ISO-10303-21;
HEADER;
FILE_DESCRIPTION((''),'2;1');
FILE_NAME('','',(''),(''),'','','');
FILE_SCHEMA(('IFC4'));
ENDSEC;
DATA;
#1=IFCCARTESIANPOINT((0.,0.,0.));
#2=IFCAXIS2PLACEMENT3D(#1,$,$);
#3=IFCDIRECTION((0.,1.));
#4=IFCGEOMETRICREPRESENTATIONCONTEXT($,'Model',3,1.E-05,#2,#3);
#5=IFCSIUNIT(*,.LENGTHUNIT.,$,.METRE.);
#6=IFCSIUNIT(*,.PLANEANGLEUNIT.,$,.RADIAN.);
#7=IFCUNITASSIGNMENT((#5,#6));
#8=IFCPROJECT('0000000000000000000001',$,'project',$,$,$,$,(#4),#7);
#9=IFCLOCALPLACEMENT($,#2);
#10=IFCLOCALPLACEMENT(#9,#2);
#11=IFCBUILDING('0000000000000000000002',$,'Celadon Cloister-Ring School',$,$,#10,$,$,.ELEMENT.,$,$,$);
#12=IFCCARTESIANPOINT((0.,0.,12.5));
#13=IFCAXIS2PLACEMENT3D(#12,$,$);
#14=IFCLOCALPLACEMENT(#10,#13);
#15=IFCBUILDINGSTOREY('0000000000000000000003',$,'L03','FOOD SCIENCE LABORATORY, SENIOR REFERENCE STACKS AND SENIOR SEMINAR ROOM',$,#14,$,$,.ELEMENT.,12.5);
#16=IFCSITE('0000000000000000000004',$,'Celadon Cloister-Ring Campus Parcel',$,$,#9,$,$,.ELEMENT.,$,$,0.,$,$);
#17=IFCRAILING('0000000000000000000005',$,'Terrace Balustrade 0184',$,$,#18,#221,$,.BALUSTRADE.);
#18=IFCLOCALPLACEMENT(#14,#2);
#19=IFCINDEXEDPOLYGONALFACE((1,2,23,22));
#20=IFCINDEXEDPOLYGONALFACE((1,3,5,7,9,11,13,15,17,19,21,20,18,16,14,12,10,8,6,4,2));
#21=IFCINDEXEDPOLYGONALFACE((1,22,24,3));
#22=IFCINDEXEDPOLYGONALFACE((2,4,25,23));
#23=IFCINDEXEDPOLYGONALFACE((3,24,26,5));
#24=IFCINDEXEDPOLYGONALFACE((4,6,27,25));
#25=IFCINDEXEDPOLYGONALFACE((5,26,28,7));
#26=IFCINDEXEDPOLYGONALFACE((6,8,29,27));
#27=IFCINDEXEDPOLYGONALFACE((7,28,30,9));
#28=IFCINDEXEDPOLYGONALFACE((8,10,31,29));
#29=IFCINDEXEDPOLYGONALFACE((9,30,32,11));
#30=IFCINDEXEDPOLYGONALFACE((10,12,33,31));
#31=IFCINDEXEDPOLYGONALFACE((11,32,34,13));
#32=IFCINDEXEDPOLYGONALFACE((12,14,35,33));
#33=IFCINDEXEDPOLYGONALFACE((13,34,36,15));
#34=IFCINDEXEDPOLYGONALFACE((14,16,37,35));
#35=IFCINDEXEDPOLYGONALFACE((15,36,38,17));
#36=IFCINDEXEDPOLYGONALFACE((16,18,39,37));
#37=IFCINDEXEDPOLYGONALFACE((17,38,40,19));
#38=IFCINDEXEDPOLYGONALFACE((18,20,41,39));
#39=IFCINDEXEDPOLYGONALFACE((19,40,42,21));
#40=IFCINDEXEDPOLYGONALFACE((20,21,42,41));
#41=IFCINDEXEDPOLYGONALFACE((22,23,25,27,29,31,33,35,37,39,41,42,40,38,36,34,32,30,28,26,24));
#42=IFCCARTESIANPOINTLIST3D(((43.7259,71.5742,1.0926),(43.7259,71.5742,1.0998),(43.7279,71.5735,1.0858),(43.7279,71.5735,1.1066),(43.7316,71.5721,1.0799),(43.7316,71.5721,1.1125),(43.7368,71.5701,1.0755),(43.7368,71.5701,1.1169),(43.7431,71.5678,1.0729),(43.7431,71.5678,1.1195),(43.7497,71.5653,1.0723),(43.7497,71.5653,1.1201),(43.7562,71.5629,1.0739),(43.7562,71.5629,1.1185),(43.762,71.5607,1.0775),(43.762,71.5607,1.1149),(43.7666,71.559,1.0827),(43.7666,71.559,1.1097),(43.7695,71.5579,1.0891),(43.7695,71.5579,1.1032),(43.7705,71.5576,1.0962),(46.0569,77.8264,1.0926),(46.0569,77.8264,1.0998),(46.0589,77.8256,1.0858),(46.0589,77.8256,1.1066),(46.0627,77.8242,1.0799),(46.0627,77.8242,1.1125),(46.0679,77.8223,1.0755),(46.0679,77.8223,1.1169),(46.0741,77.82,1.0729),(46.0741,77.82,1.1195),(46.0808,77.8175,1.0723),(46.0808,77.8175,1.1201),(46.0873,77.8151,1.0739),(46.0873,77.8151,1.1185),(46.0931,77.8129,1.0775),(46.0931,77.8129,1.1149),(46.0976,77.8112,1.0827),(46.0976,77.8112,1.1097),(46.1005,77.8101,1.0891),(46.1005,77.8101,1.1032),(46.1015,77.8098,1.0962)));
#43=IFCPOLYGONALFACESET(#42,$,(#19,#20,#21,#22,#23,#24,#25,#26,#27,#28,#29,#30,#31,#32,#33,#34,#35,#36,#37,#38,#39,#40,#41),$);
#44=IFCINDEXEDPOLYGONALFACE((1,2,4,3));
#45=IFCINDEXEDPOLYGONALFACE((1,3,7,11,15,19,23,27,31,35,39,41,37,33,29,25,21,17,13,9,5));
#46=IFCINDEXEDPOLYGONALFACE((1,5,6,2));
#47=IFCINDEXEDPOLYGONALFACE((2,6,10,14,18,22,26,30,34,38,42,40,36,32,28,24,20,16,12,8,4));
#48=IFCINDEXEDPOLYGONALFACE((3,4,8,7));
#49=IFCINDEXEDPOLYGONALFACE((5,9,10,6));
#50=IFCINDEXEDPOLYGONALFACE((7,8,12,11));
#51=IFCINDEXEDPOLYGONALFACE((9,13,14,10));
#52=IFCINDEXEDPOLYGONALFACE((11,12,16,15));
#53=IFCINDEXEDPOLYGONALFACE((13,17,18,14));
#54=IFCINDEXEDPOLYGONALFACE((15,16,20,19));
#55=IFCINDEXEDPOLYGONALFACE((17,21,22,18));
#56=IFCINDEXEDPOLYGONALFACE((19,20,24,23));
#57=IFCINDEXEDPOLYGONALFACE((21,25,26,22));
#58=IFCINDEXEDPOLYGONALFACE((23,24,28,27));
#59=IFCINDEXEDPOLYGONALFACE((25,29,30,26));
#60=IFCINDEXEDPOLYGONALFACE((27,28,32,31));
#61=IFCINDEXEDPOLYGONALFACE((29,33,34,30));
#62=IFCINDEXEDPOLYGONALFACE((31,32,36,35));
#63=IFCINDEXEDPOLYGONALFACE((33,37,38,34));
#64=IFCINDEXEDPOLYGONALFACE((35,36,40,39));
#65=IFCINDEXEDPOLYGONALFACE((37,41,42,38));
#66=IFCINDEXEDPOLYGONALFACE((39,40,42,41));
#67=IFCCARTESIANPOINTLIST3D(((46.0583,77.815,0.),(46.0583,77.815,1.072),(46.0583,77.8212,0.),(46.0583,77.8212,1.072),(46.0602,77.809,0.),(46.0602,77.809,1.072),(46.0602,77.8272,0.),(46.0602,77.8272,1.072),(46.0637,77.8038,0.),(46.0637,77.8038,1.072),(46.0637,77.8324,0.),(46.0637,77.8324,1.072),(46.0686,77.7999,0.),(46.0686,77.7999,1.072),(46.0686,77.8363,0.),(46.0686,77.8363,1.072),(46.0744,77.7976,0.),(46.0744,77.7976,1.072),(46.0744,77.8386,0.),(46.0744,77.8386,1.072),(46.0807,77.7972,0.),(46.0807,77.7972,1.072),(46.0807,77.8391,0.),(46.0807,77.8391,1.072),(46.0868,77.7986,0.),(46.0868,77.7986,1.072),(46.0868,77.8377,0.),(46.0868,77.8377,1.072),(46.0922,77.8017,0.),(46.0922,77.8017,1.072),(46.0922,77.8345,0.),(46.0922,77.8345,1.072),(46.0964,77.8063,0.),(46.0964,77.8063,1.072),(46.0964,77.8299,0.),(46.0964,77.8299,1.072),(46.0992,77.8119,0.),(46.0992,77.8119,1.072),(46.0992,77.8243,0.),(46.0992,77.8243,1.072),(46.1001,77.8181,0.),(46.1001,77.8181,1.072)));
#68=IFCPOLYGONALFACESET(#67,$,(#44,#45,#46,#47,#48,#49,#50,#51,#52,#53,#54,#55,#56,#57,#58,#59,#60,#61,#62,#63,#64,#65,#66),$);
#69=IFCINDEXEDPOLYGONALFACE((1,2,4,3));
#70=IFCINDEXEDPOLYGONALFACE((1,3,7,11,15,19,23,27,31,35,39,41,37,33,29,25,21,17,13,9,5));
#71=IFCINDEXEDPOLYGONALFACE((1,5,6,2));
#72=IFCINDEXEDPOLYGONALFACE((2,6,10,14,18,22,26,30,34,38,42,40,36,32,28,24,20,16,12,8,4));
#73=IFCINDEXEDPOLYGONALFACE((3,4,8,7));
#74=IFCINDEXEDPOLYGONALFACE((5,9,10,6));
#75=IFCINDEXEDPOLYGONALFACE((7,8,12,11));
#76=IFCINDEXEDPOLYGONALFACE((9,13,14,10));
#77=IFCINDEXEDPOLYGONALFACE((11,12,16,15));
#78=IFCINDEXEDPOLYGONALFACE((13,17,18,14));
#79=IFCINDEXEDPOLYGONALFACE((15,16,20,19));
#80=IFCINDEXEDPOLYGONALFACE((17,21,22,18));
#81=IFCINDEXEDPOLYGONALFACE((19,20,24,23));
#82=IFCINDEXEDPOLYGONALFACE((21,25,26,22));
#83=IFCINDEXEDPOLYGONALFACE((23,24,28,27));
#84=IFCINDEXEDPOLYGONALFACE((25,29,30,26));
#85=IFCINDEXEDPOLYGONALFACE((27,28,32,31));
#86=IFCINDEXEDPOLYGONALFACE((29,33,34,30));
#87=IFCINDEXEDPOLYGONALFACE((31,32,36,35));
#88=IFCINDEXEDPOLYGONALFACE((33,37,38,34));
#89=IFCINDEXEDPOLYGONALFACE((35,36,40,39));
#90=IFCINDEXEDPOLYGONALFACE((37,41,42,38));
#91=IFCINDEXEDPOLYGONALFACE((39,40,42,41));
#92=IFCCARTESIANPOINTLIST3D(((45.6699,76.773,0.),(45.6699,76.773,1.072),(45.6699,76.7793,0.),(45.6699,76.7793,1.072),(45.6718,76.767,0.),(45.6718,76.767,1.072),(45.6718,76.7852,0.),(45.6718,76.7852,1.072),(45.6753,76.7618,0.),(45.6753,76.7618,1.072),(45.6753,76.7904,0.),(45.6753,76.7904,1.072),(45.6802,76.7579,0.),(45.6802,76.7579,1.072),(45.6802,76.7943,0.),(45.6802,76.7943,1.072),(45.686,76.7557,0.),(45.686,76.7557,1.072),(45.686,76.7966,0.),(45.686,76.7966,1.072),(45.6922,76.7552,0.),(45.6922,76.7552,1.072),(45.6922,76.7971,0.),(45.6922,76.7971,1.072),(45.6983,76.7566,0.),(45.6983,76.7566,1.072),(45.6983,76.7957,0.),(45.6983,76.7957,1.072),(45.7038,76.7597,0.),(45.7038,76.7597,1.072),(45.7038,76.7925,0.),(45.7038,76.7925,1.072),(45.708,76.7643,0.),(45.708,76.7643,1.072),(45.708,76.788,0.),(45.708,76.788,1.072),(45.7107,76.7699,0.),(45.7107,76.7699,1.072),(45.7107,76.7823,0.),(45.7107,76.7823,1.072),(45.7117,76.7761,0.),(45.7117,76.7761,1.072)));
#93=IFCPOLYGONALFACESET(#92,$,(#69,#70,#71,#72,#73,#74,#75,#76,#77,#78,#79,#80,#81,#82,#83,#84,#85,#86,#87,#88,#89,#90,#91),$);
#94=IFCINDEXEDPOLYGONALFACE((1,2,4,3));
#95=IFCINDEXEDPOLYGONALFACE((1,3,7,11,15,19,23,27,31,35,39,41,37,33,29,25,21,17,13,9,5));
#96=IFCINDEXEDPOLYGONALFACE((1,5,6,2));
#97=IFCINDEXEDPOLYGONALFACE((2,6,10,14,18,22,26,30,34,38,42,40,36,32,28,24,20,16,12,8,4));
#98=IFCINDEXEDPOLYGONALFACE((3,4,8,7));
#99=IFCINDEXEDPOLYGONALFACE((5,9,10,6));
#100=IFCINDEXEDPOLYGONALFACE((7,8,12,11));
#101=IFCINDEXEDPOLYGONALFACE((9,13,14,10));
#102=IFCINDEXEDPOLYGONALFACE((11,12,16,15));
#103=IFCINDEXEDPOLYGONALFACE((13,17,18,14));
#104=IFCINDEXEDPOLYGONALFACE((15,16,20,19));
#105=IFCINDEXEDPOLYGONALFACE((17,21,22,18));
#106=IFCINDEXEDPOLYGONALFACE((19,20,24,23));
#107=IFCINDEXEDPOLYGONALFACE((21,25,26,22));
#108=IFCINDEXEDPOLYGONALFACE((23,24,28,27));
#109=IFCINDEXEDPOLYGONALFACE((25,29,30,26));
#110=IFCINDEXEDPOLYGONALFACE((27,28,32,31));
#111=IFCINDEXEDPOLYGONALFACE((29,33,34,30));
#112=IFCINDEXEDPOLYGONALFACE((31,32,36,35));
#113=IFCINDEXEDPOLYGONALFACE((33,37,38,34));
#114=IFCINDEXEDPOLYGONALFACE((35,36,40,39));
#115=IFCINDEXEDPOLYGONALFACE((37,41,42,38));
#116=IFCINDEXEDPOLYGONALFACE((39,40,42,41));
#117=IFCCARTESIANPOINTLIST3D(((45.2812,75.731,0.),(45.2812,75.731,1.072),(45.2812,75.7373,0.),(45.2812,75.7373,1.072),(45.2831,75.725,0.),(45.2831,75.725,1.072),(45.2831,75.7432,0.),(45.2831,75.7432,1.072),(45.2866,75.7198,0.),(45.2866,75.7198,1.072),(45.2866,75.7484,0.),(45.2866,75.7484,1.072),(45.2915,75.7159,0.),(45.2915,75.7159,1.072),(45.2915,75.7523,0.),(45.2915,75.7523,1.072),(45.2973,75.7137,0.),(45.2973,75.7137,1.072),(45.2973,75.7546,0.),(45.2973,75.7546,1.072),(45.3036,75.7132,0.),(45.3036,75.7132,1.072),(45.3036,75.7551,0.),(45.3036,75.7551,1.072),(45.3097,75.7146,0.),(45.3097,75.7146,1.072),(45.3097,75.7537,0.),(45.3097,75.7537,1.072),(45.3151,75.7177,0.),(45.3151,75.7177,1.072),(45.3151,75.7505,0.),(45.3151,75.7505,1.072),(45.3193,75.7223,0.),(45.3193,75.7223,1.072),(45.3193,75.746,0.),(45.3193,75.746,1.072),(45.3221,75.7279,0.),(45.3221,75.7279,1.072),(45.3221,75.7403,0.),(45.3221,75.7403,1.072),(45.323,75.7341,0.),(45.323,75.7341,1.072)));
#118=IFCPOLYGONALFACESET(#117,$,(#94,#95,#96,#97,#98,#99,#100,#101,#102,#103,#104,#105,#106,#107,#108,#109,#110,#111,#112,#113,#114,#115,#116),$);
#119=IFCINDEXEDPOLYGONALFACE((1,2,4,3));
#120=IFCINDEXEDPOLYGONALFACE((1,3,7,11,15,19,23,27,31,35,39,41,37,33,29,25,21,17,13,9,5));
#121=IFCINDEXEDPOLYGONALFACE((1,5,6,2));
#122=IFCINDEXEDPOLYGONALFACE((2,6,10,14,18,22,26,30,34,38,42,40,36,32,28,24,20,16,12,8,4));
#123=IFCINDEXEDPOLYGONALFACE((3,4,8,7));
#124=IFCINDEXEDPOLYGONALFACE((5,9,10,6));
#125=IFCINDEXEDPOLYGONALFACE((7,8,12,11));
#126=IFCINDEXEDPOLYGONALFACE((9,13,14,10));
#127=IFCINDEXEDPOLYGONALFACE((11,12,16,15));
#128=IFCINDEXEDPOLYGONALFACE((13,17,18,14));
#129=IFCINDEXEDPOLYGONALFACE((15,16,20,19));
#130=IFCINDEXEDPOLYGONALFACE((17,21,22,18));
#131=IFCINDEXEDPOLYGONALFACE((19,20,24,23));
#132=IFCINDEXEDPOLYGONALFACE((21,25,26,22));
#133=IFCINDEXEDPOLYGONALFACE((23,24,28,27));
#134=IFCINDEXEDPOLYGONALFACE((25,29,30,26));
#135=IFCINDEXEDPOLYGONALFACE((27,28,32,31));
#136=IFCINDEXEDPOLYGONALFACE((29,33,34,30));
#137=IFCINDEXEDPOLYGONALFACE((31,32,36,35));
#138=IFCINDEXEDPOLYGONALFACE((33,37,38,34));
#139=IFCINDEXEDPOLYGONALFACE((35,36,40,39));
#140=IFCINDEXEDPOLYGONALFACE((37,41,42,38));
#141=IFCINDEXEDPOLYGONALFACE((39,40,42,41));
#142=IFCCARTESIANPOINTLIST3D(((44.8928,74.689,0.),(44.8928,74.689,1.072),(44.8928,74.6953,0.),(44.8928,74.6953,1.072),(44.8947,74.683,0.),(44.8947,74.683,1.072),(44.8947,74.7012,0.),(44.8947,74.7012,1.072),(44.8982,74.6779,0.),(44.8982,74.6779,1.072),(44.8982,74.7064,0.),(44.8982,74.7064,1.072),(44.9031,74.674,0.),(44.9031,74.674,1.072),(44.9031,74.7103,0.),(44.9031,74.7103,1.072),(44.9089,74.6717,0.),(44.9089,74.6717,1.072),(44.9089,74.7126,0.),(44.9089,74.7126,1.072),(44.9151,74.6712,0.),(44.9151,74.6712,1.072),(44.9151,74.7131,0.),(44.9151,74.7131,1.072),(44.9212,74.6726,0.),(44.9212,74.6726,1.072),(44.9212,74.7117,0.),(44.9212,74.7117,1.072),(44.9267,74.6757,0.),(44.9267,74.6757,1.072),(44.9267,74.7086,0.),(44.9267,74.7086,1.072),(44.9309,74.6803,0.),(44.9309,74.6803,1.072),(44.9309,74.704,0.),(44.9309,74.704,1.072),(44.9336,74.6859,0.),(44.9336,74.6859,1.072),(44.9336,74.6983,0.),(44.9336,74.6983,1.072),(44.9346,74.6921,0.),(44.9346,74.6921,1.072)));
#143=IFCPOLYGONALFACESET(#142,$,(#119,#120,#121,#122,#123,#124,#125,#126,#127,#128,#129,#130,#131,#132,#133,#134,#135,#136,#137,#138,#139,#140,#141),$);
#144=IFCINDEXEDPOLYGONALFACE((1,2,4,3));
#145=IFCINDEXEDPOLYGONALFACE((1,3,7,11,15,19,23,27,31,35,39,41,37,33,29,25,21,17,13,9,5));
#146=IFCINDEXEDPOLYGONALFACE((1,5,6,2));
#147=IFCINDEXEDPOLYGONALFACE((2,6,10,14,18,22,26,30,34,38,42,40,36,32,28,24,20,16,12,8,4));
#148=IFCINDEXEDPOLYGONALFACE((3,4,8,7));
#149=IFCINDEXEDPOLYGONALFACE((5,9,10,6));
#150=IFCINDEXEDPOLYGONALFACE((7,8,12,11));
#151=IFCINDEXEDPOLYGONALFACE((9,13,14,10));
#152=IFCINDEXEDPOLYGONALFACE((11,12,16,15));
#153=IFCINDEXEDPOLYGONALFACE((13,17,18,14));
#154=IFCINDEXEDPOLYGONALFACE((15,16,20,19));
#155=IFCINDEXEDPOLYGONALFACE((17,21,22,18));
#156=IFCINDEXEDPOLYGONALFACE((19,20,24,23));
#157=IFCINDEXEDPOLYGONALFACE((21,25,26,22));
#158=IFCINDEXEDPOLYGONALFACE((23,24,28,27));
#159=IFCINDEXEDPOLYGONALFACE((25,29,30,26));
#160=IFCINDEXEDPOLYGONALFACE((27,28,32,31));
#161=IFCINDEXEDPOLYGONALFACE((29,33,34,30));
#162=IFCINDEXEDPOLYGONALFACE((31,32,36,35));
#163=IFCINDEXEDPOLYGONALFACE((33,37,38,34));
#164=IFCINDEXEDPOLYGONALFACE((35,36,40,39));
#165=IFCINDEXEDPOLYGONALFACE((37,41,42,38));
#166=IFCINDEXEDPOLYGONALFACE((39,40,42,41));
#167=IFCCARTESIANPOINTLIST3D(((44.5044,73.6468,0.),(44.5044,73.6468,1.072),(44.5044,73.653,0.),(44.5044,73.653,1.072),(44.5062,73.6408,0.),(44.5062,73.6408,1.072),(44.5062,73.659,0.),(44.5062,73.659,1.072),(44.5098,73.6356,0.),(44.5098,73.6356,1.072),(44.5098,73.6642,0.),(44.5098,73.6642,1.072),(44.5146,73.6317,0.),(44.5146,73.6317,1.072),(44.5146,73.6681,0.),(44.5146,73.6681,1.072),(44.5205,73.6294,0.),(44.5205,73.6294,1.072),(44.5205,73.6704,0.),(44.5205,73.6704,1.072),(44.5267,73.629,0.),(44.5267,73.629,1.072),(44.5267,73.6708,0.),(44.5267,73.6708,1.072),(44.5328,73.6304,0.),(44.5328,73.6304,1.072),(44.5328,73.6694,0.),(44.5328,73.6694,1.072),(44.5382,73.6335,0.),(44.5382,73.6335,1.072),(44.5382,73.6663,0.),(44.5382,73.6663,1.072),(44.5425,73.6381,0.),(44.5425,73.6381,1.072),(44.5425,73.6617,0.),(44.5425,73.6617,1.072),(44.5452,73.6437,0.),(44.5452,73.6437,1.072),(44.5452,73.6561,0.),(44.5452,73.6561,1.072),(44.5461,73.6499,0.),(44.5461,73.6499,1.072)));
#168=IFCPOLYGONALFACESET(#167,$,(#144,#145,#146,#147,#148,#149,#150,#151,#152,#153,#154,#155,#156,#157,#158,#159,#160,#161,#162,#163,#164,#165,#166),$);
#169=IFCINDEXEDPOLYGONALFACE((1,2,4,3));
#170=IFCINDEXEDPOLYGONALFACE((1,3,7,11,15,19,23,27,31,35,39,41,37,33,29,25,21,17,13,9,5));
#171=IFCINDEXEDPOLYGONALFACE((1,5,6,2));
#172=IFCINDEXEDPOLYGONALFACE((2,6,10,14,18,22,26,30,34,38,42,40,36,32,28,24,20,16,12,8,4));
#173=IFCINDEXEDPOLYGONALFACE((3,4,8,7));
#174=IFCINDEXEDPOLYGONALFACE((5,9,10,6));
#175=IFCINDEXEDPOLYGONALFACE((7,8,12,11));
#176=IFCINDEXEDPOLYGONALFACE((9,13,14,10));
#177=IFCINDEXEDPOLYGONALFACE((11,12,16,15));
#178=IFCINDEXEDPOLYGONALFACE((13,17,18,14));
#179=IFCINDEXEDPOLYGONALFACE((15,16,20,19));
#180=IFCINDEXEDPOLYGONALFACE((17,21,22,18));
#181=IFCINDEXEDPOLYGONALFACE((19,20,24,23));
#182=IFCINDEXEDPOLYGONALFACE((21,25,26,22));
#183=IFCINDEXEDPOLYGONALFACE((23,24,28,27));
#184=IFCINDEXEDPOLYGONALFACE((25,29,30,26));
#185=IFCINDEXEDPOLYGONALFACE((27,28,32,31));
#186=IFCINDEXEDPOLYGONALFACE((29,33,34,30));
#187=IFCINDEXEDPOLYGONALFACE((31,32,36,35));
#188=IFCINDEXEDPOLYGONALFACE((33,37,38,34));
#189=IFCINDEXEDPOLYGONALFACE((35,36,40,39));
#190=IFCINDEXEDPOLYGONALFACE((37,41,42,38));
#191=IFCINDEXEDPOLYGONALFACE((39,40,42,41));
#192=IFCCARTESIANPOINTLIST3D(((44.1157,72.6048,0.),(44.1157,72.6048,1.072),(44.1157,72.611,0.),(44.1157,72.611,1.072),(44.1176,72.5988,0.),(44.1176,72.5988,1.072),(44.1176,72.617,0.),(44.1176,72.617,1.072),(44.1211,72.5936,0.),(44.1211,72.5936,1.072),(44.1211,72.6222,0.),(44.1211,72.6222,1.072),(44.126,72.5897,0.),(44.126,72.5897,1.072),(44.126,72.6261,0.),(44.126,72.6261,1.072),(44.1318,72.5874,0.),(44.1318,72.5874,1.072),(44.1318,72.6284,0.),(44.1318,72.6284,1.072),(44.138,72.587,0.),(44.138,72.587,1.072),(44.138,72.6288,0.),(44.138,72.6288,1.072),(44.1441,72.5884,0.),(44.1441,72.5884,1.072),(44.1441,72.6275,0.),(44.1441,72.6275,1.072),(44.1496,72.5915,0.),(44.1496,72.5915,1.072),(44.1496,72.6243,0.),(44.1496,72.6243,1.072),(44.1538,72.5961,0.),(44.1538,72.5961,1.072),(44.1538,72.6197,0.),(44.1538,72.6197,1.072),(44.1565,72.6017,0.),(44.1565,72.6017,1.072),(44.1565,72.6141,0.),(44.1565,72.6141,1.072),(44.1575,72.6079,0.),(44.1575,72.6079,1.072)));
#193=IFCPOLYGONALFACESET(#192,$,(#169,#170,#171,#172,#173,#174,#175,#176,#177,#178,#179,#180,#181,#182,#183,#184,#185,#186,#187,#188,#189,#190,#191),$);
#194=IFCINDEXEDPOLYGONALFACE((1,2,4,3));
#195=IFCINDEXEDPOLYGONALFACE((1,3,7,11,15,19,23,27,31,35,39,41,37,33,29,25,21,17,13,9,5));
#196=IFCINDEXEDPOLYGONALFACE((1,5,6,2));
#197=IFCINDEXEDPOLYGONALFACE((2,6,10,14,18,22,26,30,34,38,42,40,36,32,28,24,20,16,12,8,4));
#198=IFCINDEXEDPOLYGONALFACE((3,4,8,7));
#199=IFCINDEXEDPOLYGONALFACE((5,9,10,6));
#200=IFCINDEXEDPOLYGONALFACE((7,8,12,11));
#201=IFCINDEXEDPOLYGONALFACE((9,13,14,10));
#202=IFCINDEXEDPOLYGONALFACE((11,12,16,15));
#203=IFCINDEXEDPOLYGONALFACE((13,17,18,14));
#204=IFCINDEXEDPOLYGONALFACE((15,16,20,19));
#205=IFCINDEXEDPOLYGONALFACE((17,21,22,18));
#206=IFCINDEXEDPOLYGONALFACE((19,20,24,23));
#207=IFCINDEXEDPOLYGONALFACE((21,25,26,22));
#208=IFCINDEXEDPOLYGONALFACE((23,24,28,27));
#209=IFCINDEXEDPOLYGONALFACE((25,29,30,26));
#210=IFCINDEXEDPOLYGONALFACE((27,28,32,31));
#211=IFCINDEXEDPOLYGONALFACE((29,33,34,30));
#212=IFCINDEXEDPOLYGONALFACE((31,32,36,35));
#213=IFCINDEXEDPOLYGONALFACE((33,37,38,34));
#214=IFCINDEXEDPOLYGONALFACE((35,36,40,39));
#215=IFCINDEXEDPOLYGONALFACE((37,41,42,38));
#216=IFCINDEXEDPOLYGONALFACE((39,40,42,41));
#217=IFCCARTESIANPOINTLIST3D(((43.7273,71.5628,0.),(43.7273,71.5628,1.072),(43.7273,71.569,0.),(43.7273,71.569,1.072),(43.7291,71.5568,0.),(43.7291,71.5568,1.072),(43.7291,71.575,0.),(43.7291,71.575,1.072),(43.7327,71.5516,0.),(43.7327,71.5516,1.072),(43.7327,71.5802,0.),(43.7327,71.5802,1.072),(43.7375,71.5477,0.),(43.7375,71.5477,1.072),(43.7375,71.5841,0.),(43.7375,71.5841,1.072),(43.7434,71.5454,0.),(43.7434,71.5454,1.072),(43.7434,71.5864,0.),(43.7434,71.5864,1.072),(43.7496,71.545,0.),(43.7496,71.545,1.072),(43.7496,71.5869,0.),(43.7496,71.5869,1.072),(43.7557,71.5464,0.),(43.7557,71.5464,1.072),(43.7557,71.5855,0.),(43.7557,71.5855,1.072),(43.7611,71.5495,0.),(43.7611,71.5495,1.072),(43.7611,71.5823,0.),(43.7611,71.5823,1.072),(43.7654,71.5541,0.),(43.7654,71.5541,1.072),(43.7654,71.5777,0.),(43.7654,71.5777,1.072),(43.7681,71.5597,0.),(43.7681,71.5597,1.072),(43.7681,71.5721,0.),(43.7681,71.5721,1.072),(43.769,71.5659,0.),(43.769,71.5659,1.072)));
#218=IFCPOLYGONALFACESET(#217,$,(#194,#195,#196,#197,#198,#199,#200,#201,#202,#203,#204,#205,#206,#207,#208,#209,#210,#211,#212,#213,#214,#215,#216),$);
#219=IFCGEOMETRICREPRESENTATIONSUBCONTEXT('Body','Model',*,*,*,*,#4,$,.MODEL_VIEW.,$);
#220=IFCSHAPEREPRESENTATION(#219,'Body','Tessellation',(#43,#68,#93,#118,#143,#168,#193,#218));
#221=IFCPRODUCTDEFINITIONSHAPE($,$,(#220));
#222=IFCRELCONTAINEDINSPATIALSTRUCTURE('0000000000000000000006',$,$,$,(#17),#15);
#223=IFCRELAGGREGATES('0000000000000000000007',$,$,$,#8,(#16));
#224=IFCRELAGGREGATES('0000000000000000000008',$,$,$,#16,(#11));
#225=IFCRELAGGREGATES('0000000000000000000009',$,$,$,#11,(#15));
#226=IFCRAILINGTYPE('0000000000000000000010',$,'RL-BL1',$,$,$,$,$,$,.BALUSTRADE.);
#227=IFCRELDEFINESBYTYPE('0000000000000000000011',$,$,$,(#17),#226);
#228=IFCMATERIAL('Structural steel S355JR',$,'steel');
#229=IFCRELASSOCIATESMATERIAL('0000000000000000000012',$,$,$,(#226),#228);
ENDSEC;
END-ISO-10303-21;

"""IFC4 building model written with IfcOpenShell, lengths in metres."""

from ifc_helpers import new_model, si_unit, direction, frame, origin, origin_2d, place, context, subcontext, project, spatial, circle, extrude, material, type_object, element, save


model = new_model("IFC4")

# Units and contexts
model_context = context("Model", 3, precision=1e-05, world=origin(), true_north=direction((0.0, 1.0)))
body_context = subcontext(model_context, "Body", "Model", "MODEL_VIEW")
ifc_project = project(units=[si_unit("LENGTHUNIT", "METRE"), si_unit("PLANEANGLEUNIT", "RADIAN")], contexts=[model_context])

# Site, building, storey
site_placement = place(None, origin())
site = spatial("IfcSite", under=ifc_project, at=site_placement, Name="Celadon Cloister-Ring Campus Parcel", CompositionType="ELEMENT", RefElevation=0.0)
building_placement = place(site_placement, origin())
building = spatial("IfcBuilding", under=site, at=building_placement, Name="Celadon Cloister-Ring School", CompositionType="ELEMENT")
storey_placement = place(building_placement, frame((0.0, 0.0, 12.5)))
storey = spatial("IfcBuildingStorey", under=building, at=storey_placement, Name="L03", Description="FOOD SCIENCE LABORATORY, SENIOR REFERENCE STACKS AND SENIOR SEMINAR ROOM", CompositionType="ELEMENT", Elevation=12.5)

# Railing
ifc_material_1 = material(Name="Structural steel S355JR", Category="steel")
railing_type = type_object("IfcRailingType", Name="RL-BL1", PredefinedType="BALUSTRADE", material=ifc_material_1)
railing_placement = place(storey_placement, frame((46.0791, 77.8181, 0.0)))
element("IfcRailing", 1, at=railing_placement, inside=storey, type_object=railing_type, Name="Terrace Balustrade 0184", PredefinedType="BALUSTRADE", context=body_context, shape_type="SweptSolid", body=[
    extrude(circle(Radius=0.0239, at=origin_2d()), frame((0.0, 0.0, 1.0962), z_axis=(-0.349347, -0.936994, 0.0), x_axis=(0.936994, -0.349347, 0.0)), (0.0, 0.0, 1.0), 6.6726),
    extrude(circle(Radius=0.021, at=origin_2d()), origin(), (0.0, 0.0, 1.0), 1.072),
    extrude(circle(Radius=0.021, at=origin_2d()), frame((-0.3884, -1.042, 0.0)), (0.0, 0.0, 1.0), 1.072),
    extrude(circle(Radius=0.021, at=origin_2d()), frame((-0.7771, -2.084, 0.0)), (0.0, 0.0, 1.0), 1.072),
    extrude(circle(Radius=0.021, at=origin_2d()), frame((-1.1655, -3.126, 0.0)), (0.0, 0.0, 1.0), 1.072),
    extrude(circle(Radius=0.021, at=origin_2d()), frame((-1.554, -4.1682, 0.0)), (0.0, 0.0, 1.0), 1.072),
    extrude(circle(Radius=0.021, at=origin_2d()), frame((-1.9426, -5.2102, 0.0)), (0.0, 0.0, 1.0), 1.072),
    extrude(circle(Radius=0.021, at=origin_2d()), frame((-2.3311, -6.2522, 0.0)), (0.0, 0.0, 1.0), 1.072),
])

save(model, "model.ifc")
